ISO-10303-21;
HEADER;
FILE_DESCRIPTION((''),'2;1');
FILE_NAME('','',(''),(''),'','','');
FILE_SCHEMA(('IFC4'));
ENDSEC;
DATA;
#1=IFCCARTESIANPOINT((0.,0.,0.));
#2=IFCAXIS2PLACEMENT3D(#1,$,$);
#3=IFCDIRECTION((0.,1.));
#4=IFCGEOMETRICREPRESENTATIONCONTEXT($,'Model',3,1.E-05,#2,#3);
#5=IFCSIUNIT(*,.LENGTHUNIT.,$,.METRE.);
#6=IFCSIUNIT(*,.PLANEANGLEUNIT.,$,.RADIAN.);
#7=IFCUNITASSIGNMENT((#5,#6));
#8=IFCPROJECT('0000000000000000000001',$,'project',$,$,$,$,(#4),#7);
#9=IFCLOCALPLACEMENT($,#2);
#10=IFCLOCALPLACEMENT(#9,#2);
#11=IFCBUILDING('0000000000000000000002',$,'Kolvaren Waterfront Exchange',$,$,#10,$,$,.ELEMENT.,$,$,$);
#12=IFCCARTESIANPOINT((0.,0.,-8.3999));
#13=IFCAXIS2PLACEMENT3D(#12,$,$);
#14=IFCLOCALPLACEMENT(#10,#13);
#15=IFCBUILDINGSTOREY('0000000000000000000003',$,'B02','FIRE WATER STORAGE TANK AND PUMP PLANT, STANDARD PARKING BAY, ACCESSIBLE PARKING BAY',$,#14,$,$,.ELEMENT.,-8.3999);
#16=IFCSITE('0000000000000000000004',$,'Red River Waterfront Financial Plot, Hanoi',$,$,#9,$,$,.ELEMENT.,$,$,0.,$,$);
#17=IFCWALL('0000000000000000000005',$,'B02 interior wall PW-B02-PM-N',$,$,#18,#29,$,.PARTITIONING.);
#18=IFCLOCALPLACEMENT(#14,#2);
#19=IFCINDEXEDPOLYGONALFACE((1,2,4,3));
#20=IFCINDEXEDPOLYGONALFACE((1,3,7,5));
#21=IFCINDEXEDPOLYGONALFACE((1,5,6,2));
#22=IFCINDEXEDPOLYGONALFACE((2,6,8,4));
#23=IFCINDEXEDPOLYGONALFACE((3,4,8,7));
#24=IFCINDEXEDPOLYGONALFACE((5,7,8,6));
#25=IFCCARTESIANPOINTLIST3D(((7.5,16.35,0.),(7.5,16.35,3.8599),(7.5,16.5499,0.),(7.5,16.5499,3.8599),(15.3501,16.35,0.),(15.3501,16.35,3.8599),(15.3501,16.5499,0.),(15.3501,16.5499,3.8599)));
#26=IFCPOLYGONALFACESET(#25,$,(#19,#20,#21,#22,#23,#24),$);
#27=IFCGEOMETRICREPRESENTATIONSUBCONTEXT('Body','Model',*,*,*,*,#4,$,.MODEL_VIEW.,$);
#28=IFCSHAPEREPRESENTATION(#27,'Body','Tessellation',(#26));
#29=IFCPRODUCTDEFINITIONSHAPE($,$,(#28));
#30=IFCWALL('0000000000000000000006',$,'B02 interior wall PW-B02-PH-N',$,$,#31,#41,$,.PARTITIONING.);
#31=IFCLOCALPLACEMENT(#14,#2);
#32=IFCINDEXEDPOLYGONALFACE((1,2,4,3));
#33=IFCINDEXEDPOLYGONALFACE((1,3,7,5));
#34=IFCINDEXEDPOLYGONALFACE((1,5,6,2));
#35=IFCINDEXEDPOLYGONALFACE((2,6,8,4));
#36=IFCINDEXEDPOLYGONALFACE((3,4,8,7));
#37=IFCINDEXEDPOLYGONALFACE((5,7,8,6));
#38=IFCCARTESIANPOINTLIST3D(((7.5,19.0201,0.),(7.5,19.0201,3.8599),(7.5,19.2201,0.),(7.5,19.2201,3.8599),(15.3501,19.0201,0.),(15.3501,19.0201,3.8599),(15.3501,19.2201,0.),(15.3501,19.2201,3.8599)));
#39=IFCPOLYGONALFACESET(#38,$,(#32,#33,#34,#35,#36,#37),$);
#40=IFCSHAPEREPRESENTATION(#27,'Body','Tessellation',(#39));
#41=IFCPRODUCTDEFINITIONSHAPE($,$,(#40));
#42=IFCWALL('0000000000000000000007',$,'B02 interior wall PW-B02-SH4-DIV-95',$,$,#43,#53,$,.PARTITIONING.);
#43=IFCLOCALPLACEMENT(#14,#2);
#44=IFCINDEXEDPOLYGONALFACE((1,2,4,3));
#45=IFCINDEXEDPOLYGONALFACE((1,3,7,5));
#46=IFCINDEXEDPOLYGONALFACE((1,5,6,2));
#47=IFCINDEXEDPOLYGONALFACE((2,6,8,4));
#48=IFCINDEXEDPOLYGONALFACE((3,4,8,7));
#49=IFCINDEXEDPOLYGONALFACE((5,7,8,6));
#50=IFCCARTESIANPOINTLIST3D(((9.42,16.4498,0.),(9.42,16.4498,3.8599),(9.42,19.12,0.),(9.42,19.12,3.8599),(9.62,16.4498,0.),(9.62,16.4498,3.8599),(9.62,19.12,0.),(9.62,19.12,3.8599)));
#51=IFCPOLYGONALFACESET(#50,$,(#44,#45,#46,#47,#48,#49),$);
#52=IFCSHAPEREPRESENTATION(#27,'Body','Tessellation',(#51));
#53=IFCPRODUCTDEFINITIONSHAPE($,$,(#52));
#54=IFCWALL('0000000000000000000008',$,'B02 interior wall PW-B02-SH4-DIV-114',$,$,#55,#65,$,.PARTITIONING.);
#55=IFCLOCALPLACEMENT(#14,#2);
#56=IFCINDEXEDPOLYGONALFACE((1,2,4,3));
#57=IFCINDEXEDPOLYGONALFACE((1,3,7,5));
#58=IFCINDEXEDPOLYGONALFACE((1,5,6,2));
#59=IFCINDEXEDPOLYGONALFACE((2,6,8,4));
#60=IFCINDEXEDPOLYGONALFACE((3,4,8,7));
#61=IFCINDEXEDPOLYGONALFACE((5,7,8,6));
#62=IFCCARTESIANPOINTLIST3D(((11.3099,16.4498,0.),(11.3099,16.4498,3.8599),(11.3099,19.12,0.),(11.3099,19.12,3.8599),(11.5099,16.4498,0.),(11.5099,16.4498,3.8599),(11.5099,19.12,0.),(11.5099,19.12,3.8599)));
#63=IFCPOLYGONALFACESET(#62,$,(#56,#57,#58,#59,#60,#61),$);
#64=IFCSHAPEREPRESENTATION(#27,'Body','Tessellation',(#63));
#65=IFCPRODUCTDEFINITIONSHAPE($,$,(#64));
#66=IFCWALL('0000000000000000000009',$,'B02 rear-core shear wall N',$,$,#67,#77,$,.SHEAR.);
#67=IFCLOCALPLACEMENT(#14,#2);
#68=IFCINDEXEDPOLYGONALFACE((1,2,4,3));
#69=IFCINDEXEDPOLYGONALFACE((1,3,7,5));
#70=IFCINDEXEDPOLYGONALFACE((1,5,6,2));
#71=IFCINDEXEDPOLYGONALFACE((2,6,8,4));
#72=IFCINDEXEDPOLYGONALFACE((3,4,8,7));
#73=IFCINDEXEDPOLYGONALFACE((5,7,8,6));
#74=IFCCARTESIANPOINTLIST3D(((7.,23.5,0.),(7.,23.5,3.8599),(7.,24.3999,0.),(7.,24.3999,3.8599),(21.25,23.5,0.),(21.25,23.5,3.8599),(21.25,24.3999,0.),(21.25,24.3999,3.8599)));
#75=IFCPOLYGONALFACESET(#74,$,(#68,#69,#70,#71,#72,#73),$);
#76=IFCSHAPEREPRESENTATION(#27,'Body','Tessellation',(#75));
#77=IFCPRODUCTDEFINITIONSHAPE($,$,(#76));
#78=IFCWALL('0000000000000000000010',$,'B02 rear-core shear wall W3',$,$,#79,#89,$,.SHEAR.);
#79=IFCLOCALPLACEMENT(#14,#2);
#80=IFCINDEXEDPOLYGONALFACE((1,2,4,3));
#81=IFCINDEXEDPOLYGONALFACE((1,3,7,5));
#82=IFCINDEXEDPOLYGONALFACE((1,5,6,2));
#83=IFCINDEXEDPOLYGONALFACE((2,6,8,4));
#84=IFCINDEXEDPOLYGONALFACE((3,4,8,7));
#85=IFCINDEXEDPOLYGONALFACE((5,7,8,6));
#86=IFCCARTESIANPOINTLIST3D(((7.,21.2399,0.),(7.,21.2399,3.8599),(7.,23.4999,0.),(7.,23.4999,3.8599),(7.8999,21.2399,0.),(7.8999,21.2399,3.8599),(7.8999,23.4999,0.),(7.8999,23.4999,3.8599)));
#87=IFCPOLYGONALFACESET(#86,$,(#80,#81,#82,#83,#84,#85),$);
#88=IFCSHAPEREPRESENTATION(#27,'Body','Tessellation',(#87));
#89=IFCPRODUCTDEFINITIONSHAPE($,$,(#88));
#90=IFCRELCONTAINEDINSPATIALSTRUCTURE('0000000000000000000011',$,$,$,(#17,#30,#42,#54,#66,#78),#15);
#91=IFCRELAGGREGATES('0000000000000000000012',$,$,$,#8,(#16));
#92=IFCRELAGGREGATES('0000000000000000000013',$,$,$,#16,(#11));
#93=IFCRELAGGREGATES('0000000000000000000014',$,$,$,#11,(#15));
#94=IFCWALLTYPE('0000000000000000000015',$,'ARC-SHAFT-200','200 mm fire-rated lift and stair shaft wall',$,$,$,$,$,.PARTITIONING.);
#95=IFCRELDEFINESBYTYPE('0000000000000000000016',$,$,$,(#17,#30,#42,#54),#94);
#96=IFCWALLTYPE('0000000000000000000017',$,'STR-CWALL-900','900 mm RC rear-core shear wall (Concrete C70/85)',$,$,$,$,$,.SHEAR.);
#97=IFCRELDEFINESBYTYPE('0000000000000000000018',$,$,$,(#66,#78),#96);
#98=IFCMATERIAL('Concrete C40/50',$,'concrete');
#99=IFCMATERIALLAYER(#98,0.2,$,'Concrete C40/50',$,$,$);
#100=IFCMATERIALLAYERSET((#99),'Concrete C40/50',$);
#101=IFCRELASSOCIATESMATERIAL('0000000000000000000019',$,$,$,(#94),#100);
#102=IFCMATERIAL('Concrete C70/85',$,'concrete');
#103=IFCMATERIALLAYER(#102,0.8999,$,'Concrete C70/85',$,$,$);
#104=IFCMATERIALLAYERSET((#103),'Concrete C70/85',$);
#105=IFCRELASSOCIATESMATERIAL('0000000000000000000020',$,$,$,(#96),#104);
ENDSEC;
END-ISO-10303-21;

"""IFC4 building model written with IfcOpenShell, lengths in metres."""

from ifc_helpers import new_model, si_unit, direction, frame, frame_2d, origin, place, context, subcontext, project, spatial, rectangle, extrude, material, layer, layer_set, type_object, element, save


model = new_model("IFC4")

# Units and contexts
model_context = context("Model", 3, precision=1e-05, world=origin(), true_north=direction((0.0, 1.0)))
body_context = subcontext(model_context, "Body", "Model", "MODEL_VIEW")
ifc_project = project(units=[si_unit("LENGTHUNIT", "METRE"), si_unit("PLANEANGLEUNIT", "RADIAN")], contexts=[model_context])

# Site, building, storey
site_placement = place(None, origin())
site = spatial("IfcSite", under=ifc_project, at=site_placement, Name="Red River Waterfront Financial Plot, Hanoi", CompositionType="ELEMENT", RefElevation=0.0)
building_placement = place(site_placement, origin())
building = spatial("IfcBuilding", under=site, at=building_placement, Name="Kolvaren Waterfront Exchange", CompositionType="ELEMENT")
storey_placement = place(building_placement, frame((0.0, 0.0, -8.3999)))
storey = spatial("IfcBuildingStorey", under=building, at=storey_placement, Name="B02", Description="FIRE WATER STORAGE TANK AND PUMP PLANT, STANDARD PARKING BAY, ACCESSIBLE PARKING BAY", CompositionType="ELEMENT", Elevation=-8.3999)

# Shared definitions
ifc_material_1 = material(Name="Concrete C40/50", Category="concrete")

# Shared definitions
ifc_material_2 = material(Name="Concrete C70/85", Category="concrete")

# Walls
ifc_layer_1 = layer(ifc_material_1, 0.2, Name="Concrete C40/50")
ifc_layer_set_1 = layer_set([ifc_layer_1], Name="Concrete C40/50")
wall_type_1 = type_object("IfcWallType", Name="ARC-SHAFT-200", Description="200 mm fire-rated lift and stair shaft wall", PredefinedType="PARTITIONING", material=ifc_layer_set_1)
for number, where, z_axis, x_axis, name in (
    (1, (7.5, 16.45, 0.0), (0.0, 0.0, 1.0), (1.0, 0.0, 0.0), "B02 interior wall PW-B02-PM-N"),
    (2, (7.5, 19.1201, 0.0), (0.0, 0.0, 1.0), (1.0, 0.0, 0.0), "B02 interior wall PW-B02-PH-N"),
):
    element("IfcWall", number, at=place(storey_placement, frame(where, z_axis=z_axis, x_axis=x_axis)), inside=storey, type_object=wall_type_1, Name=name, PredefinedType="PARTITIONING", context=body_context, shape_type="SweptSolid", body=[
        extrude(rectangle(XDim=7.8501, YDim=0.2, at=frame_2d((3.925, 0.0))), origin(), (0.0, 0.0, 1.0), 3.8599),
    ])
for number, where, z_axis, x_axis, name in (
    (3, (9.52, 16.45, 0.0), (0.0, 0.0, 1.0), (0.0, 1.0, 0.0), "B02 interior wall PW-B02-SH4-DIV-95"),
    (4, (11.4099, 16.45, 0.0), (0.0, 0.0, 1.0), (0.0, 1.0, 0.0), "B02 interior wall PW-B02-SH4-DIV-114"),
):
    element("IfcWall", number, at=place(storey_placement, frame(where, z_axis=z_axis, x_axis=x_axis)), inside=storey, type_object=wall_type_1, Name=name, PredefinedType="PARTITIONING", context=body_context, shape_type="SweptSolid", body=[
        extrude(rectangle(XDim=2.6702, YDim=0.2, at=frame_2d((1.335, 0.0))), origin(), (0.0, 0.0, 1.0), 3.8599),
    ])
ifc_layer_2 = layer(ifc_material_2, 0.8999, Name="Concrete C70/85")
ifc_layer_set_2 = layer_set([ifc_layer_2], Name="Concrete C70/85")
wall_type_2 = type_object("IfcWallType", Name="STR-CWALL-900", Description="900 mm RC rear-core shear wall (Concrete C70/85)", PredefinedType="SHEAR", material=ifc_layer_set_2)
wall_1_placement = place(storey_placement, frame((7.0, 23.95, 0.0), z_axis=(0.0, 0.0, 1.0), x_axis=(1.0, 0.0, 0.0)))
element("IfcWall", 5, at=wall_1_placement, inside=storey, type_object=wall_type_2, Name="B02 rear-core shear wall N", PredefinedType="SHEAR", context=body_context, shape_type="SweptSolid", body=[
    extrude(rectangle(XDim=14.25, YDim=0.8999, at=frame_2d((7.125, 0.0))), origin(), (0.0, 0.0, 1.0), 3.8599),
])
wall_2_placement = place(storey_placement, frame((7.45, 21.24, 0.0), z_axis=(0.0, 0.0, 1.0), x_axis=(0.0, 1.0, 0.0)))
element("IfcWall", 6, at=wall_2_placement, inside=storey, type_object=wall_type_2, Name="B02 rear-core shear wall W3", PredefinedType="SHEAR", context=body_context, shape_type="SweptSolid", body=[
    extrude(rectangle(XDim=2.26, YDim=0.8999, at=frame_2d((1.1299, 0.0))), origin(), (0.0, 0.0, 1.0), 3.8599),
])

save(model, "model.ifc")
